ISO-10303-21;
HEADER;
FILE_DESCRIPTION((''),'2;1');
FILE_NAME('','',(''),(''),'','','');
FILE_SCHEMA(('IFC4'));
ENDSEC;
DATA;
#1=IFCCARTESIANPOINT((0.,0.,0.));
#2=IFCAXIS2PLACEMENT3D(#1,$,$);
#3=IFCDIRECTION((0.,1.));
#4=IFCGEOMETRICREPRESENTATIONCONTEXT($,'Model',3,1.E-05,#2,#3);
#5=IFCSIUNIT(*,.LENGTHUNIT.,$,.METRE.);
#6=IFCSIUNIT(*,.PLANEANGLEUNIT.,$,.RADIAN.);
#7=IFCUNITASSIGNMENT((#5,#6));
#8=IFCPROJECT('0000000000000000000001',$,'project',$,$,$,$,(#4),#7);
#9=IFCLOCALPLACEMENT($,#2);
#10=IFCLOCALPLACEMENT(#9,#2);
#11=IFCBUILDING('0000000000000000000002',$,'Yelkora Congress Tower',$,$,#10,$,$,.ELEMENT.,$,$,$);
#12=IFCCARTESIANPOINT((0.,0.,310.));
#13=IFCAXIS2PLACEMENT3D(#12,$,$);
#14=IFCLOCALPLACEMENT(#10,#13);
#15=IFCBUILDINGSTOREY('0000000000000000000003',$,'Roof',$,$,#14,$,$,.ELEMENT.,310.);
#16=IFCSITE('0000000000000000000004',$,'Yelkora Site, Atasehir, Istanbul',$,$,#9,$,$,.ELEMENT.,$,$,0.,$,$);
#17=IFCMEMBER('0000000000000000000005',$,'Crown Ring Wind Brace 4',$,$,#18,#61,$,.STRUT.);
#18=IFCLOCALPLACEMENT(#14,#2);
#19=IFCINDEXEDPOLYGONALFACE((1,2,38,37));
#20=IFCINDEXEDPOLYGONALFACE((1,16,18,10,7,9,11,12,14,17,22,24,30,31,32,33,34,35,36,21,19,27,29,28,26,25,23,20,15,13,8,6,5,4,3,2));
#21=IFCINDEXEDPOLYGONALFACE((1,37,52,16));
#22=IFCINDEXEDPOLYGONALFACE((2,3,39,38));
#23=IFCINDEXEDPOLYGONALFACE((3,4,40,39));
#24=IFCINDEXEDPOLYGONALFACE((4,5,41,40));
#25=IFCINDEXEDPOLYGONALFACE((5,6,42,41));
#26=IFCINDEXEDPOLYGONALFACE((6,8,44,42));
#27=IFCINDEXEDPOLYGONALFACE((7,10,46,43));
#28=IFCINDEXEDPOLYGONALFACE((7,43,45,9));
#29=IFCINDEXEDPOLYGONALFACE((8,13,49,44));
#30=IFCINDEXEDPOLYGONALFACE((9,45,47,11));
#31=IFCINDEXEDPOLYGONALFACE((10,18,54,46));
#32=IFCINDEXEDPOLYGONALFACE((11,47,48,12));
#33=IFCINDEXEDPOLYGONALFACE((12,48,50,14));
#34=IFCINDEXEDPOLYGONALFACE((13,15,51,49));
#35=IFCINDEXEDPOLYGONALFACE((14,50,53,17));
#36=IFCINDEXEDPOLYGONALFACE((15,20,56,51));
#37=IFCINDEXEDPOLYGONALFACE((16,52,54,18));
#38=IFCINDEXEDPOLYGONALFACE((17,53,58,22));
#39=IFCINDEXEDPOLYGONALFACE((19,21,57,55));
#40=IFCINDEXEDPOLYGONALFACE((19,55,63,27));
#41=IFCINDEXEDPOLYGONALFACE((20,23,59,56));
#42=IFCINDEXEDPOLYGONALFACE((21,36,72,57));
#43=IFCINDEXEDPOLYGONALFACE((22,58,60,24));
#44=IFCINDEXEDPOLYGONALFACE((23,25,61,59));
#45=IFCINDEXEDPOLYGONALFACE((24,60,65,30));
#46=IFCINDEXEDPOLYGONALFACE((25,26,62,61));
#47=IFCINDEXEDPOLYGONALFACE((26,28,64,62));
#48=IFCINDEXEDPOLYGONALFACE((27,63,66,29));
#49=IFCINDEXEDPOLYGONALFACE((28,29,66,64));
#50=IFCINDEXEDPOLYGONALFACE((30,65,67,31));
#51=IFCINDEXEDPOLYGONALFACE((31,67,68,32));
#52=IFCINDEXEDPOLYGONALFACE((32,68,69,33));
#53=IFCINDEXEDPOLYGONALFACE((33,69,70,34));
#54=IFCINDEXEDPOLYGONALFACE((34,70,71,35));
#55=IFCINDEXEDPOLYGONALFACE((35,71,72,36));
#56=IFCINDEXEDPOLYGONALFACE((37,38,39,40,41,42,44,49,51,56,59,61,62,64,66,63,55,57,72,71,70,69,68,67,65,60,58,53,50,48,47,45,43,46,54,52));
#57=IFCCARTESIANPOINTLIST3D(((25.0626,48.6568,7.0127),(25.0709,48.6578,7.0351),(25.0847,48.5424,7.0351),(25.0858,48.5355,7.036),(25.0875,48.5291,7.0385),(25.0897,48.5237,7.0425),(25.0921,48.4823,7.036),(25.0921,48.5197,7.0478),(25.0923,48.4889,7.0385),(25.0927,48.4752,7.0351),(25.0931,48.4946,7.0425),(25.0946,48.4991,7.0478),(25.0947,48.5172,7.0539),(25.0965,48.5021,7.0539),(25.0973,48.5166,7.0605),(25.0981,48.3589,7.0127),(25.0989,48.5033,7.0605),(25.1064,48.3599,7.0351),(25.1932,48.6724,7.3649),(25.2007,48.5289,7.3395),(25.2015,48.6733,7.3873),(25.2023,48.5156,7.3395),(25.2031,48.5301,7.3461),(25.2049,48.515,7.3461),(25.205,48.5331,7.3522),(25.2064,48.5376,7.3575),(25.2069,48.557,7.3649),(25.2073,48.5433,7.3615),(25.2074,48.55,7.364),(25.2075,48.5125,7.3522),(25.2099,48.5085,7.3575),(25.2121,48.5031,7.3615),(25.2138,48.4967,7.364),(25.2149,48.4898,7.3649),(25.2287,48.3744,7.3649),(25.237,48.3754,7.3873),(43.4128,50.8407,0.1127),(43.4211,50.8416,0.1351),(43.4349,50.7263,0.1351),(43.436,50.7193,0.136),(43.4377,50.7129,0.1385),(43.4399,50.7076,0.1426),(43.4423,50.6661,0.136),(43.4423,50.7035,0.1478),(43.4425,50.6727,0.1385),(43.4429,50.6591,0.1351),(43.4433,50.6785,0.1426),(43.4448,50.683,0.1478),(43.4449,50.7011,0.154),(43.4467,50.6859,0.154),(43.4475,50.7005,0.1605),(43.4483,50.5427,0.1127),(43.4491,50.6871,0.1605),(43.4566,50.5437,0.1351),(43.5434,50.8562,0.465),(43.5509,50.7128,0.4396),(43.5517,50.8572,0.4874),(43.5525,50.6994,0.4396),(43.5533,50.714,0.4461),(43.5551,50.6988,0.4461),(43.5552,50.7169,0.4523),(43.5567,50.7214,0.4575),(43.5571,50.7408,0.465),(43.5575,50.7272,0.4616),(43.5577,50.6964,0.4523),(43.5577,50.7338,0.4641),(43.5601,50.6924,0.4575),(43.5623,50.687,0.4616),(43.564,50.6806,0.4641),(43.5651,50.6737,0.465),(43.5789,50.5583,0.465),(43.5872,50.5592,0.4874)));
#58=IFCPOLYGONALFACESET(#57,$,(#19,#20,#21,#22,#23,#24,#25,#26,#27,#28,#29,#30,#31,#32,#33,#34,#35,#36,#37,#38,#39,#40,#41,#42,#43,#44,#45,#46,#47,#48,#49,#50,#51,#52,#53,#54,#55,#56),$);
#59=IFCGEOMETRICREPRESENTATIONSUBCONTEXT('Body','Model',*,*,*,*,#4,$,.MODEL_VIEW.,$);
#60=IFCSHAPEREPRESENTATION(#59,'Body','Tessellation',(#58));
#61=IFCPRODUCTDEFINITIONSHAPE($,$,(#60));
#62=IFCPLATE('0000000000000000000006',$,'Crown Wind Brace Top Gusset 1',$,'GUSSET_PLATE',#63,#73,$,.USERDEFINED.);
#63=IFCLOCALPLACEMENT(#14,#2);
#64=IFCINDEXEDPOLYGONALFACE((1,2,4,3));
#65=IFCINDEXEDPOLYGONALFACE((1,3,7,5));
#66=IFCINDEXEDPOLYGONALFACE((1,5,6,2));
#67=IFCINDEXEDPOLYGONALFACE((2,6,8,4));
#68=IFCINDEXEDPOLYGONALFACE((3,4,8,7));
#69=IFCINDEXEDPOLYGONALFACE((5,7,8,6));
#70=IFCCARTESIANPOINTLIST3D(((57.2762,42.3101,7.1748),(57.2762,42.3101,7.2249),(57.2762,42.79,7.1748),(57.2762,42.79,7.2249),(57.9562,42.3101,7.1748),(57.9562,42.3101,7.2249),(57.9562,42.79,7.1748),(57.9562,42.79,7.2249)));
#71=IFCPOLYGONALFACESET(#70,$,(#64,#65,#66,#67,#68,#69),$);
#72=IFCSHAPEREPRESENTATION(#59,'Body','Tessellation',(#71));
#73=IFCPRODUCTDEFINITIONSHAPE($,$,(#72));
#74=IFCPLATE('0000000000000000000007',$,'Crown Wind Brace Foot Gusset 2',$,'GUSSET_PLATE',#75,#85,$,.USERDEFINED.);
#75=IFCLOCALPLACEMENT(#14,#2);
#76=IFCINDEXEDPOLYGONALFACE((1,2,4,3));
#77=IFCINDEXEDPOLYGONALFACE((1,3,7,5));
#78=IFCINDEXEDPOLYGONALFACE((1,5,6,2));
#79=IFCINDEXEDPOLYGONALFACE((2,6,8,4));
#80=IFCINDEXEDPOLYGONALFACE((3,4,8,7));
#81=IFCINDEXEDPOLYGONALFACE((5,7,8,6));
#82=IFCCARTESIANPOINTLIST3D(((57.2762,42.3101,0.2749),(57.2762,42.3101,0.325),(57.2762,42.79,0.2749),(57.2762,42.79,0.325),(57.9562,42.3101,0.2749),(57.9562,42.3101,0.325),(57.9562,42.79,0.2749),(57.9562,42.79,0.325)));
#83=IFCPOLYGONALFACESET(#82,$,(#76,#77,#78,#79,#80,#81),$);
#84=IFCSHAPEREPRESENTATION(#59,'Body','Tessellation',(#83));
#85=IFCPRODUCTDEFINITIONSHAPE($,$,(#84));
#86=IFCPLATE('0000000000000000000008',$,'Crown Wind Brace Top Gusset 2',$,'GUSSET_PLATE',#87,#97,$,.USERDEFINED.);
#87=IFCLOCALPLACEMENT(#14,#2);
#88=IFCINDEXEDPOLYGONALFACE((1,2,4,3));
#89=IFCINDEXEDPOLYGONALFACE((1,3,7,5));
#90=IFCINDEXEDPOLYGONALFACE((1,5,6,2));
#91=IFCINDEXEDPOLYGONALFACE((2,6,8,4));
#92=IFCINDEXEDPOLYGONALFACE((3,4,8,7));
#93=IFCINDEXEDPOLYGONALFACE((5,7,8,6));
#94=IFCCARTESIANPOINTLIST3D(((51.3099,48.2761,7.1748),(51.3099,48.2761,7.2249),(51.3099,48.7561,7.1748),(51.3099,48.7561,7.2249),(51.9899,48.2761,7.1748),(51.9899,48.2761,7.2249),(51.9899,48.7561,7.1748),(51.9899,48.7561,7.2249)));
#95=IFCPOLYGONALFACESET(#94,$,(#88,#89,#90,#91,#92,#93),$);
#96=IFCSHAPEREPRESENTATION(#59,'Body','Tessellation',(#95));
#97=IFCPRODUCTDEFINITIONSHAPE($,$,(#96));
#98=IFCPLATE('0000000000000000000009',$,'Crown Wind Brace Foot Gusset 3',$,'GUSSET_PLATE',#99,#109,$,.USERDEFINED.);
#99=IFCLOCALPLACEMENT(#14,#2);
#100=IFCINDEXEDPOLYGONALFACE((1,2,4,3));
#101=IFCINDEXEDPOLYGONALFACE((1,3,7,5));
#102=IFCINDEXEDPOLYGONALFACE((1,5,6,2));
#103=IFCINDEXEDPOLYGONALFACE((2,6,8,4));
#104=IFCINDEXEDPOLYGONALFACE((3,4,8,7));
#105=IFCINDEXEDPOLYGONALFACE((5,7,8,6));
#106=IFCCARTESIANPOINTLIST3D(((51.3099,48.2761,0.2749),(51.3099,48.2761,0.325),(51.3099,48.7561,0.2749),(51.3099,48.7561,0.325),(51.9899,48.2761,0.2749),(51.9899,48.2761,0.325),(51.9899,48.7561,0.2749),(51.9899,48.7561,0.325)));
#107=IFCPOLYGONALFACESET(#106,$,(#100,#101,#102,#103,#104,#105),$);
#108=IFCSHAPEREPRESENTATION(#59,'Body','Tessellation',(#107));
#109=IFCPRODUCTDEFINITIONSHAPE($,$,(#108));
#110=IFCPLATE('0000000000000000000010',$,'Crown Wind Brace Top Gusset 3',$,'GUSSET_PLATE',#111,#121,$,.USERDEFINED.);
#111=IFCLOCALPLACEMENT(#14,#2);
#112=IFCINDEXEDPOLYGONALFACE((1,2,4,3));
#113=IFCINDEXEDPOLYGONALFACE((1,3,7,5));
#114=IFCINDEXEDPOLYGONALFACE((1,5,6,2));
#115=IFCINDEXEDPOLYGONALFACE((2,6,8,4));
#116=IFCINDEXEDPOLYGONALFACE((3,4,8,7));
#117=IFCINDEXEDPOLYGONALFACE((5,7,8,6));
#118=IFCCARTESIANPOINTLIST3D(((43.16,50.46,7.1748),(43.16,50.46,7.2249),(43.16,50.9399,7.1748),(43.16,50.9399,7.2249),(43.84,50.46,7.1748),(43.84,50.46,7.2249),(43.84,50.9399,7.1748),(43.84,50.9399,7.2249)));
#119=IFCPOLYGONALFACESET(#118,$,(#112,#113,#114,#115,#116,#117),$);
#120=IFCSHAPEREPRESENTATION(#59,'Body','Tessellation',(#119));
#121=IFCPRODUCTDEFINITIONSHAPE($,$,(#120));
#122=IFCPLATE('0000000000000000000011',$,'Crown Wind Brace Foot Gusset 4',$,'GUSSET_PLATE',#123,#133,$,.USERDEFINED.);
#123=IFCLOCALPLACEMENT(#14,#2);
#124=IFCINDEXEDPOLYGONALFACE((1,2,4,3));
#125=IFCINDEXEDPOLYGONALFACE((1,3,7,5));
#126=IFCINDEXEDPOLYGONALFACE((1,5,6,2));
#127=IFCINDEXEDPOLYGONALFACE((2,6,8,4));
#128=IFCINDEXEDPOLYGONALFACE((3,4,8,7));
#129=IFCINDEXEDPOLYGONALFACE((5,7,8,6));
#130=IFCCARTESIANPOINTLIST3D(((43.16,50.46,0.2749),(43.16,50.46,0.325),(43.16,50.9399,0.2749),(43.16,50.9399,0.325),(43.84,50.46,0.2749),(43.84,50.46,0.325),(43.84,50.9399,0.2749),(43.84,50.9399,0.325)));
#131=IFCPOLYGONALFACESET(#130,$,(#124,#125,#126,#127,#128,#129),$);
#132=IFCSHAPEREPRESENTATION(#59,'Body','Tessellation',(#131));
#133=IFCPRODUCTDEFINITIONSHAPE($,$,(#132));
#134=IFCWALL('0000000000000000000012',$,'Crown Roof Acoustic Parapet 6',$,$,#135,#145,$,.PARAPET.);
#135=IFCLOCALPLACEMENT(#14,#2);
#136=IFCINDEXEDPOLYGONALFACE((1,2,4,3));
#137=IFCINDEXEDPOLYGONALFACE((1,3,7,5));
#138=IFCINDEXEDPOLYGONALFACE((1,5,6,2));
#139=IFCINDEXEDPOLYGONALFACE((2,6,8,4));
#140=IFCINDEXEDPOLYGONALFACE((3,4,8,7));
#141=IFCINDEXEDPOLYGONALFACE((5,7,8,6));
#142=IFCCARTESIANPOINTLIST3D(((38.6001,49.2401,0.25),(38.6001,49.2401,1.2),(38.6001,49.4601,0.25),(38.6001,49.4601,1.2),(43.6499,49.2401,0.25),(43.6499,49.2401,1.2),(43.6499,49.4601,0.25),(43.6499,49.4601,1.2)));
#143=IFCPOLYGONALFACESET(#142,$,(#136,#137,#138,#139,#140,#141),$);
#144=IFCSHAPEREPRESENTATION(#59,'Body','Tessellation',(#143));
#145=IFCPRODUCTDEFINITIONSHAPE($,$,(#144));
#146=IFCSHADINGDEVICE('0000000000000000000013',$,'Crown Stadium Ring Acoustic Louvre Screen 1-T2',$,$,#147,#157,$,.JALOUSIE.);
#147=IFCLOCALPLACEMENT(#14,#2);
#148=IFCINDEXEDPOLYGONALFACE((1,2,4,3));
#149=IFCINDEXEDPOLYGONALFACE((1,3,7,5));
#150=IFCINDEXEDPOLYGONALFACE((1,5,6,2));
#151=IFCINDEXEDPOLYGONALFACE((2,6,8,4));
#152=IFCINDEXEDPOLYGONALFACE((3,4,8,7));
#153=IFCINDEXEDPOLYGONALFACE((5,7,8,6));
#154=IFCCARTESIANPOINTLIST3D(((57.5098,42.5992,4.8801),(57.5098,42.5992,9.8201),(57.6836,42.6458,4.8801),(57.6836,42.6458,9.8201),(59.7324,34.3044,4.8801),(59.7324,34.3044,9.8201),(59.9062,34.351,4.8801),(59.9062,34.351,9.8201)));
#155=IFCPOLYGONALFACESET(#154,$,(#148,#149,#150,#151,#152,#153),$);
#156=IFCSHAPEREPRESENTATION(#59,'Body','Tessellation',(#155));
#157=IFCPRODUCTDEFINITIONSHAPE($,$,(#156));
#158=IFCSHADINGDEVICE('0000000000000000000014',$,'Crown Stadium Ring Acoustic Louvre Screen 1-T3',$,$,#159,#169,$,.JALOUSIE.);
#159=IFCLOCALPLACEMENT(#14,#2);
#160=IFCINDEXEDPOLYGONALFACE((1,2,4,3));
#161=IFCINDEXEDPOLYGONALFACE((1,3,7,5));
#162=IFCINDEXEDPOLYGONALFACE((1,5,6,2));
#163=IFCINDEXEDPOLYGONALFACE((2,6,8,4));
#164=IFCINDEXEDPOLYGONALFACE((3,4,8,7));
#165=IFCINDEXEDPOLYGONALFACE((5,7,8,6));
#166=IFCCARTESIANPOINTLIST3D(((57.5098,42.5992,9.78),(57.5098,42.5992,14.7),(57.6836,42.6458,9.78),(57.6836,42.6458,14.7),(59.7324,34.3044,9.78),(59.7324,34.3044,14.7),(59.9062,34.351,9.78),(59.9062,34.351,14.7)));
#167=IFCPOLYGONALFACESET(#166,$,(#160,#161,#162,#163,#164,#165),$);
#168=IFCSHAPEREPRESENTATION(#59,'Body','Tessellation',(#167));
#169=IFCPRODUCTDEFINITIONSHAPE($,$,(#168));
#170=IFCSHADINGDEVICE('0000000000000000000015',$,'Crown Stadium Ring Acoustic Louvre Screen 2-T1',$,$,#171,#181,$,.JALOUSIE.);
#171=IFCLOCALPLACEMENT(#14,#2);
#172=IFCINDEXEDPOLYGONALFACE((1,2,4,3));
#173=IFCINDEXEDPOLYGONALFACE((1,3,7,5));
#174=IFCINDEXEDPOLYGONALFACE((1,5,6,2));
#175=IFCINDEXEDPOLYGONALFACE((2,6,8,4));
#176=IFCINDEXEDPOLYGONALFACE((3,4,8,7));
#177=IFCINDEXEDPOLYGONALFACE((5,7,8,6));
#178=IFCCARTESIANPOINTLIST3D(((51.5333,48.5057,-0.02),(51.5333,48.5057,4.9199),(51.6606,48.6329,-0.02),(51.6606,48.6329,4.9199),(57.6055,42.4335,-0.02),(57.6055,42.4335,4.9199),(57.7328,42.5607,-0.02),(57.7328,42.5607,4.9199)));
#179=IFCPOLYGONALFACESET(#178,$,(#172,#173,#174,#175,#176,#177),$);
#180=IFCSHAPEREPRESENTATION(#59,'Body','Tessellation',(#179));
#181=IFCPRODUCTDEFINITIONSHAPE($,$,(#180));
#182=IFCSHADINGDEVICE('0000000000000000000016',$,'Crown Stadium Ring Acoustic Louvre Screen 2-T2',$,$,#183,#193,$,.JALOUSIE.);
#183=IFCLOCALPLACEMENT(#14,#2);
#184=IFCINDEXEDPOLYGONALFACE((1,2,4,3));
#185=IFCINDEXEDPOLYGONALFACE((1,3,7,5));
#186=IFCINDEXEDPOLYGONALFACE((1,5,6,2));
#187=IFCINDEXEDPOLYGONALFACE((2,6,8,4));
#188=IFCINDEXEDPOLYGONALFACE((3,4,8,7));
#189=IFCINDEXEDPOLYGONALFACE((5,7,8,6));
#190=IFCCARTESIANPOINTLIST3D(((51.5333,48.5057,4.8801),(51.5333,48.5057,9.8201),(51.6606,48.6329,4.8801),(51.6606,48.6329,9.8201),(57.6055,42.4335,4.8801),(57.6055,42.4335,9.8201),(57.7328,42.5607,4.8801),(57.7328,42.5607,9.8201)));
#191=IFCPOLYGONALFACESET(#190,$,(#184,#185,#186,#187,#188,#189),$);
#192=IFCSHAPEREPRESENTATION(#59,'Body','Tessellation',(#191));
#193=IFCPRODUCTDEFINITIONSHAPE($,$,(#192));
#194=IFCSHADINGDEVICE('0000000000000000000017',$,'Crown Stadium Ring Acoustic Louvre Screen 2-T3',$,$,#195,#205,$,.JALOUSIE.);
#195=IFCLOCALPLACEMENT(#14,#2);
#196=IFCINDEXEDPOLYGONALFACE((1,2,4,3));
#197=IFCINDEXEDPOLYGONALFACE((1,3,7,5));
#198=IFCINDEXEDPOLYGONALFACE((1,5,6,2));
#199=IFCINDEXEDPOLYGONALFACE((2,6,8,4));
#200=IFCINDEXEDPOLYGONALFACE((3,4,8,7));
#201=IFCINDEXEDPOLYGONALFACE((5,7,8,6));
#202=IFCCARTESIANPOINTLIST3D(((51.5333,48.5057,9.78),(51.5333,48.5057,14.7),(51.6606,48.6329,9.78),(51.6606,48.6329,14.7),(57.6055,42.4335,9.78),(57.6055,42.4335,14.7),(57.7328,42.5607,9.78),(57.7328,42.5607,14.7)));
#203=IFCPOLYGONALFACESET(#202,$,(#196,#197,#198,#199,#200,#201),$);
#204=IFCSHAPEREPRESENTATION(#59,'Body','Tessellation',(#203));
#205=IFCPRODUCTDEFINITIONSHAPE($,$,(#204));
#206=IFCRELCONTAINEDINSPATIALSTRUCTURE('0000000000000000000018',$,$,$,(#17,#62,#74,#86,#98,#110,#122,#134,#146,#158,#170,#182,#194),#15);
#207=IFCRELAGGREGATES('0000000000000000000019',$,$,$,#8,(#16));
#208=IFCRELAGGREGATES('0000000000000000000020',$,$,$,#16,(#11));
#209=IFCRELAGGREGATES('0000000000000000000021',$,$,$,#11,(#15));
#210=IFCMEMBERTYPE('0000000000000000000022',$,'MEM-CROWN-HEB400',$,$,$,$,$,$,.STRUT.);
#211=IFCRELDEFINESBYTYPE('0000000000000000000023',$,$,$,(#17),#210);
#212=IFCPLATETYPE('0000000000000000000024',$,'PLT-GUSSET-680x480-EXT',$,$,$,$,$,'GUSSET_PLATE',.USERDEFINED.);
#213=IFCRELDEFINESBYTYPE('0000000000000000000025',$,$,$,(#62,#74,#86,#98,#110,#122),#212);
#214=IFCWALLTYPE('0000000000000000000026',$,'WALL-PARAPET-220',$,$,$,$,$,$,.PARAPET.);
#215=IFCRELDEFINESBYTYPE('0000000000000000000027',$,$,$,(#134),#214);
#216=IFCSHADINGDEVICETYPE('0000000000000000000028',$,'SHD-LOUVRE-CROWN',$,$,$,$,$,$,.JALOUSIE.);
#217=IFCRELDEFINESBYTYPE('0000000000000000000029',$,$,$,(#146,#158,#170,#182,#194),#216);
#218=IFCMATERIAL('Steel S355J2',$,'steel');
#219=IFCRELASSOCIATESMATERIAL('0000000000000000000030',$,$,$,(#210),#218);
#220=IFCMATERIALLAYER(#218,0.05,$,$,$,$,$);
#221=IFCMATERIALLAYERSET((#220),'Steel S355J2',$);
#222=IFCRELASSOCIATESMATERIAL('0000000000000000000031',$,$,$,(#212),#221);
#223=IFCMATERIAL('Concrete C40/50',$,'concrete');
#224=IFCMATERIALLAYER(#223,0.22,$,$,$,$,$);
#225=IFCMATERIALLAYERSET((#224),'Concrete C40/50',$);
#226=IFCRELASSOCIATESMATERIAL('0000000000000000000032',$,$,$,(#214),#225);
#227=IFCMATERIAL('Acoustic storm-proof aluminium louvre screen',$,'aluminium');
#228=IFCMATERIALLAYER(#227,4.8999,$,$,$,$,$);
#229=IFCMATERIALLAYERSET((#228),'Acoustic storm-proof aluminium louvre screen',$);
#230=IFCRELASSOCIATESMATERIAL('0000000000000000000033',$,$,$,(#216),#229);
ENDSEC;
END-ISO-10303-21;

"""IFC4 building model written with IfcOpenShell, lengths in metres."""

from ifc_helpers import new_model, si_unit, direction, frame, frame_2d, origin, origin_2d, place, context, subcontext, project, spatial, rectangle, i_section, extrude, material, layer, layer_set, material_profile, profile_set, type_object, element, save


model = new_model("IFC4")

# Units and contexts
model_context = context("Model", 3, precision=1e-05, world=origin(), true_north=direction((0.0, 1.0)))
body_context = subcontext(model_context, "Body", "Model", "MODEL_VIEW")
ifc_project = project(units=[si_unit("LENGTHUNIT", "METRE"), si_unit("PLANEANGLEUNIT", "RADIAN")], contexts=[model_context])

# Site, building, storey
site_placement = place(None, origin())
site = spatial("IfcSite", under=ifc_project, at=site_placement, Name="Yelkora Site, Atasehir, Istanbul", CompositionType="ELEMENT", RefElevation=0.0)
building_placement = place(site_placement, origin())
building = spatial("IfcBuilding", under=site, at=building_placement, Name="Yelkora Congress Tower", CompositionType="ELEMENT")
storey_placement = place(building_placement, frame((0.0, 0.0, 310.0)))
storey = spatial("IfcBuildingStorey", under=building, at=storey_placement, Name="Roof", CompositionType="ELEMENT", Elevation=310.0)

# Shared definitions
ifc_material_1 = material(Name="Steel S355J2", Category="steel")

# Member
ifc_material_profile_1 = material_profile(ifc_material_1, i_section(OverallWidth=0.3, OverallDepth=0.3999, WebThickness=0.0134, FlangeThickness=0.0239, FilletRadius=0.0271, at=origin_2d()), Name="HEB 400")
ifc_profile_set_1 = profile_set([ifc_material_profile_1], Name="Steel S355J2")
member_type = type_object("IfcMemberType", Name="MEM-CROWN-HEB400", PredefinedType="STRUT", material=ifc_profile_set_1)
member_placement = place(storey_placement, frame((43.5, 50.7, 0.3), z_axis=(-0.930263, -0.11071, 0.349792), x_axis=(0.118176, -0.992993, 0.0)))
element("IfcMember", 1, at=member_placement, inside=storey, type_object=member_type, Name="Crown Ring Wind Brace 4", PredefinedType="STRUT", context=body_context, shape_type="SweptSolid", body=[
    extrude(i_section(OverallWidth=0.3, OverallDepth=0.3999, WebThickness=0.0134, FlangeThickness=0.0239, FilletRadius=0.0271, at=origin_2d()), origin(), (0.0, 0.0, 1.0), 19.7258),
])

# Plates
ifc_layer_1 = layer(ifc_material_1, 0.05)
ifc_layer_set_1 = layer_set([ifc_layer_1], Name="Steel S355J2")
plate_type = type_object("IfcPlateType", Name="PLT-GUSSET-680x480-EXT", ElementType="GUSSET_PLATE", PredefinedType="USERDEFINED", material=ifc_layer_set_1)
for number, where, z_axis, x_axis, name in (
    (2, (57.6162, 42.55, 7.1748), (0.0, 0.0, 1.0), (1.0, 0.0, 0.0), "Crown Wind Brace Top Gusset 1"),
    (3, (57.6162, 42.55, 0.2749), (0.0, 0.0, 1.0), (1.0, 0.0, 0.0), "Crown Wind Brace Foot Gusset 2"),
    (4, (51.6499, 48.5161, 7.1748), (0.0, 0.0, 1.0), (1.0, 0.0, 0.0), "Crown Wind Brace Top Gusset 2"),
    (5, (51.6499, 48.5161, 0.2749), (0.0, 0.0, 1.0), (1.0, 0.0, 0.0), "Crown Wind Brace Foot Gusset 3"),
    (6, (43.5, 50.7, 7.1748), (0.0, 0.0, 1.0), (1.0, 0.0, 0.0), "Crown Wind Brace Top Gusset 3"),
    (7, (43.5, 50.7, 0.2749), (0.0, 0.0, 1.0), (1.0, 0.0, 0.0), "Crown Wind Brace Foot Gusset 4"),
):
    element("IfcPlate", number, at=place(storey_placement, frame(where, z_axis=z_axis, x_axis=x_axis)), inside=storey, type_object=plate_type, Name=name, ObjectType="GUSSET_PLATE", PredefinedType="USERDEFINED", context=body_context, shape_type="SweptSolid", body=[
        extrude(rectangle(XDim=0.6799, YDim=0.48, at=origin_2d()), origin(), (0.0, 0.0, 1.0), 0.05),
    ])

# Wall
ifc_material_2 = material(Name="Concrete C40/50", Category="concrete")
ifc_layer_2 = layer(ifc_material_2, 0.22)
ifc_layer_set_2 = layer_set([ifc_layer_2], Name="Concrete C40/50")
wall_type = type_object("IfcWallType", Name="WALL-PARAPET-220", PredefinedType="PARAPET", material=ifc_layer_set_2)
wall_placement = place(storey_placement, frame((38.6001, 49.3501, 0.25), z_axis=(0.0, 0.0, 1.0), x_axis=(1.0, 0.0, 0.0)))
element("IfcWall", 8, at=wall_placement, inside=storey, type_object=wall_type, Name="Crown Roof Acoustic Parapet 6", PredefinedType="PARAPET", context=body_context, shape_type="SweptSolid", body=[
    extrude(rectangle(XDim=5.0498, YDim=0.22, at=frame_2d((2.5249, 0.0))), origin(), (0.0, 0.0, 1.0), 0.95),
])

# Shading devices
ifc_material_3 = material(Name="Acoustic storm-proof aluminium louvre screen", Category="aluminium")
ifc_layer_3 = layer(ifc_material_3, 4.8999)
ifc_layer_set_3 = layer_set([ifc_layer_3], Name="Acoustic storm-proof aluminium louvre screen")
shading_device_type = type_object("IfcShadingDeviceType", Name="SHD-LOUVRE-CROWN", PredefinedType="JALOUSIE", material=ifc_layer_set_3)
shading_device_1_placement = place(storey_placement, frame((58.708, 38.4751, 4.8801), z_axis=(0.0, 0.0, 1.0), x_axis=(-0.258819, 0.965926, 0.0)))
element("IfcShadingDevice", 9, at=shading_device_1_placement, inside=storey, type_object=shading_device_type, Name="Crown Stadium Ring Acoustic Louvre Screen 1-T2", PredefinedType="JALOUSIE", context=body_context, shape_type="SweptSolid", body=[
    extrude(rectangle(XDim=8.5874, YDim=0.1799, at=origin_2d()), origin(), (0.0, 0.0, 1.0), 4.9399),
])
shading_device_2_placement = place(storey_placement, frame((58.708, 38.4751, 9.78), z_axis=(0.0, 0.0, 1.0), x_axis=(-0.258819, 0.965926, 0.0)))
element("IfcShadingDevice", 10, at=shading_device_2_placement, inside=storey, type_object=shading_device_type, Name="Crown Stadium Ring Acoustic Louvre Screen 1-T3", PredefinedType="JALOUSIE", context=body_context, shape_type="SweptSolid", body=[
    extrude(rectangle(XDim=8.5874, YDim=0.1799, at=origin_2d()), origin(), (0.0, 0.0, 1.0), 4.9199),
])
for number, where, z_axis, x_axis, name in (
    (11, (54.6331, 45.5332, -0.02), (0.0, 0.0, 1.0), (-0.707107, 0.707107, 0.0), "Crown Stadium Ring Acoustic Louvre Screen 2-T1"),
    (12, (54.6331, 45.5332, 4.8801), (0.0, 0.0, 1.0), (-0.707107, 0.707107, 0.0), "Crown Stadium Ring Acoustic Louvre Screen 2-T2"),
):
    element("IfcShadingDevice", number, at=place(storey_placement, frame(where, z_axis=z_axis, x_axis=x_axis)), inside=storey, type_object=shading_device_type, Name=name, PredefinedType="JALOUSIE", context=body_context, shape_type="SweptSolid", body=[
        extrude(rectangle(XDim=8.5874, YDim=0.1799, at=origin_2d()), origin(), (0.0, 0.0, 1.0), 4.9399),
    ])
shading_device_3_placement = place(storey_placement, frame((54.6331, 45.5332, 9.78), z_axis=(0.0, 0.0, 1.0), x_axis=(-0.707107, 0.707107, 0.0)))
element("IfcShadingDevice", 13, at=shading_device_3_placement, inside=storey, type_object=shading_device_type, Name="Crown Stadium Ring Acoustic Louvre Screen 2-T3", PredefinedType="JALOUSIE", context=body_context, shape_type="SweptSolid", body=[
    extrude(rectangle(XDim=8.5874, YDim=0.1799, at=origin_2d()), origin(), (0.0, 0.0, 1.0), 4.9199),
])

save(model, "model.ifc")
